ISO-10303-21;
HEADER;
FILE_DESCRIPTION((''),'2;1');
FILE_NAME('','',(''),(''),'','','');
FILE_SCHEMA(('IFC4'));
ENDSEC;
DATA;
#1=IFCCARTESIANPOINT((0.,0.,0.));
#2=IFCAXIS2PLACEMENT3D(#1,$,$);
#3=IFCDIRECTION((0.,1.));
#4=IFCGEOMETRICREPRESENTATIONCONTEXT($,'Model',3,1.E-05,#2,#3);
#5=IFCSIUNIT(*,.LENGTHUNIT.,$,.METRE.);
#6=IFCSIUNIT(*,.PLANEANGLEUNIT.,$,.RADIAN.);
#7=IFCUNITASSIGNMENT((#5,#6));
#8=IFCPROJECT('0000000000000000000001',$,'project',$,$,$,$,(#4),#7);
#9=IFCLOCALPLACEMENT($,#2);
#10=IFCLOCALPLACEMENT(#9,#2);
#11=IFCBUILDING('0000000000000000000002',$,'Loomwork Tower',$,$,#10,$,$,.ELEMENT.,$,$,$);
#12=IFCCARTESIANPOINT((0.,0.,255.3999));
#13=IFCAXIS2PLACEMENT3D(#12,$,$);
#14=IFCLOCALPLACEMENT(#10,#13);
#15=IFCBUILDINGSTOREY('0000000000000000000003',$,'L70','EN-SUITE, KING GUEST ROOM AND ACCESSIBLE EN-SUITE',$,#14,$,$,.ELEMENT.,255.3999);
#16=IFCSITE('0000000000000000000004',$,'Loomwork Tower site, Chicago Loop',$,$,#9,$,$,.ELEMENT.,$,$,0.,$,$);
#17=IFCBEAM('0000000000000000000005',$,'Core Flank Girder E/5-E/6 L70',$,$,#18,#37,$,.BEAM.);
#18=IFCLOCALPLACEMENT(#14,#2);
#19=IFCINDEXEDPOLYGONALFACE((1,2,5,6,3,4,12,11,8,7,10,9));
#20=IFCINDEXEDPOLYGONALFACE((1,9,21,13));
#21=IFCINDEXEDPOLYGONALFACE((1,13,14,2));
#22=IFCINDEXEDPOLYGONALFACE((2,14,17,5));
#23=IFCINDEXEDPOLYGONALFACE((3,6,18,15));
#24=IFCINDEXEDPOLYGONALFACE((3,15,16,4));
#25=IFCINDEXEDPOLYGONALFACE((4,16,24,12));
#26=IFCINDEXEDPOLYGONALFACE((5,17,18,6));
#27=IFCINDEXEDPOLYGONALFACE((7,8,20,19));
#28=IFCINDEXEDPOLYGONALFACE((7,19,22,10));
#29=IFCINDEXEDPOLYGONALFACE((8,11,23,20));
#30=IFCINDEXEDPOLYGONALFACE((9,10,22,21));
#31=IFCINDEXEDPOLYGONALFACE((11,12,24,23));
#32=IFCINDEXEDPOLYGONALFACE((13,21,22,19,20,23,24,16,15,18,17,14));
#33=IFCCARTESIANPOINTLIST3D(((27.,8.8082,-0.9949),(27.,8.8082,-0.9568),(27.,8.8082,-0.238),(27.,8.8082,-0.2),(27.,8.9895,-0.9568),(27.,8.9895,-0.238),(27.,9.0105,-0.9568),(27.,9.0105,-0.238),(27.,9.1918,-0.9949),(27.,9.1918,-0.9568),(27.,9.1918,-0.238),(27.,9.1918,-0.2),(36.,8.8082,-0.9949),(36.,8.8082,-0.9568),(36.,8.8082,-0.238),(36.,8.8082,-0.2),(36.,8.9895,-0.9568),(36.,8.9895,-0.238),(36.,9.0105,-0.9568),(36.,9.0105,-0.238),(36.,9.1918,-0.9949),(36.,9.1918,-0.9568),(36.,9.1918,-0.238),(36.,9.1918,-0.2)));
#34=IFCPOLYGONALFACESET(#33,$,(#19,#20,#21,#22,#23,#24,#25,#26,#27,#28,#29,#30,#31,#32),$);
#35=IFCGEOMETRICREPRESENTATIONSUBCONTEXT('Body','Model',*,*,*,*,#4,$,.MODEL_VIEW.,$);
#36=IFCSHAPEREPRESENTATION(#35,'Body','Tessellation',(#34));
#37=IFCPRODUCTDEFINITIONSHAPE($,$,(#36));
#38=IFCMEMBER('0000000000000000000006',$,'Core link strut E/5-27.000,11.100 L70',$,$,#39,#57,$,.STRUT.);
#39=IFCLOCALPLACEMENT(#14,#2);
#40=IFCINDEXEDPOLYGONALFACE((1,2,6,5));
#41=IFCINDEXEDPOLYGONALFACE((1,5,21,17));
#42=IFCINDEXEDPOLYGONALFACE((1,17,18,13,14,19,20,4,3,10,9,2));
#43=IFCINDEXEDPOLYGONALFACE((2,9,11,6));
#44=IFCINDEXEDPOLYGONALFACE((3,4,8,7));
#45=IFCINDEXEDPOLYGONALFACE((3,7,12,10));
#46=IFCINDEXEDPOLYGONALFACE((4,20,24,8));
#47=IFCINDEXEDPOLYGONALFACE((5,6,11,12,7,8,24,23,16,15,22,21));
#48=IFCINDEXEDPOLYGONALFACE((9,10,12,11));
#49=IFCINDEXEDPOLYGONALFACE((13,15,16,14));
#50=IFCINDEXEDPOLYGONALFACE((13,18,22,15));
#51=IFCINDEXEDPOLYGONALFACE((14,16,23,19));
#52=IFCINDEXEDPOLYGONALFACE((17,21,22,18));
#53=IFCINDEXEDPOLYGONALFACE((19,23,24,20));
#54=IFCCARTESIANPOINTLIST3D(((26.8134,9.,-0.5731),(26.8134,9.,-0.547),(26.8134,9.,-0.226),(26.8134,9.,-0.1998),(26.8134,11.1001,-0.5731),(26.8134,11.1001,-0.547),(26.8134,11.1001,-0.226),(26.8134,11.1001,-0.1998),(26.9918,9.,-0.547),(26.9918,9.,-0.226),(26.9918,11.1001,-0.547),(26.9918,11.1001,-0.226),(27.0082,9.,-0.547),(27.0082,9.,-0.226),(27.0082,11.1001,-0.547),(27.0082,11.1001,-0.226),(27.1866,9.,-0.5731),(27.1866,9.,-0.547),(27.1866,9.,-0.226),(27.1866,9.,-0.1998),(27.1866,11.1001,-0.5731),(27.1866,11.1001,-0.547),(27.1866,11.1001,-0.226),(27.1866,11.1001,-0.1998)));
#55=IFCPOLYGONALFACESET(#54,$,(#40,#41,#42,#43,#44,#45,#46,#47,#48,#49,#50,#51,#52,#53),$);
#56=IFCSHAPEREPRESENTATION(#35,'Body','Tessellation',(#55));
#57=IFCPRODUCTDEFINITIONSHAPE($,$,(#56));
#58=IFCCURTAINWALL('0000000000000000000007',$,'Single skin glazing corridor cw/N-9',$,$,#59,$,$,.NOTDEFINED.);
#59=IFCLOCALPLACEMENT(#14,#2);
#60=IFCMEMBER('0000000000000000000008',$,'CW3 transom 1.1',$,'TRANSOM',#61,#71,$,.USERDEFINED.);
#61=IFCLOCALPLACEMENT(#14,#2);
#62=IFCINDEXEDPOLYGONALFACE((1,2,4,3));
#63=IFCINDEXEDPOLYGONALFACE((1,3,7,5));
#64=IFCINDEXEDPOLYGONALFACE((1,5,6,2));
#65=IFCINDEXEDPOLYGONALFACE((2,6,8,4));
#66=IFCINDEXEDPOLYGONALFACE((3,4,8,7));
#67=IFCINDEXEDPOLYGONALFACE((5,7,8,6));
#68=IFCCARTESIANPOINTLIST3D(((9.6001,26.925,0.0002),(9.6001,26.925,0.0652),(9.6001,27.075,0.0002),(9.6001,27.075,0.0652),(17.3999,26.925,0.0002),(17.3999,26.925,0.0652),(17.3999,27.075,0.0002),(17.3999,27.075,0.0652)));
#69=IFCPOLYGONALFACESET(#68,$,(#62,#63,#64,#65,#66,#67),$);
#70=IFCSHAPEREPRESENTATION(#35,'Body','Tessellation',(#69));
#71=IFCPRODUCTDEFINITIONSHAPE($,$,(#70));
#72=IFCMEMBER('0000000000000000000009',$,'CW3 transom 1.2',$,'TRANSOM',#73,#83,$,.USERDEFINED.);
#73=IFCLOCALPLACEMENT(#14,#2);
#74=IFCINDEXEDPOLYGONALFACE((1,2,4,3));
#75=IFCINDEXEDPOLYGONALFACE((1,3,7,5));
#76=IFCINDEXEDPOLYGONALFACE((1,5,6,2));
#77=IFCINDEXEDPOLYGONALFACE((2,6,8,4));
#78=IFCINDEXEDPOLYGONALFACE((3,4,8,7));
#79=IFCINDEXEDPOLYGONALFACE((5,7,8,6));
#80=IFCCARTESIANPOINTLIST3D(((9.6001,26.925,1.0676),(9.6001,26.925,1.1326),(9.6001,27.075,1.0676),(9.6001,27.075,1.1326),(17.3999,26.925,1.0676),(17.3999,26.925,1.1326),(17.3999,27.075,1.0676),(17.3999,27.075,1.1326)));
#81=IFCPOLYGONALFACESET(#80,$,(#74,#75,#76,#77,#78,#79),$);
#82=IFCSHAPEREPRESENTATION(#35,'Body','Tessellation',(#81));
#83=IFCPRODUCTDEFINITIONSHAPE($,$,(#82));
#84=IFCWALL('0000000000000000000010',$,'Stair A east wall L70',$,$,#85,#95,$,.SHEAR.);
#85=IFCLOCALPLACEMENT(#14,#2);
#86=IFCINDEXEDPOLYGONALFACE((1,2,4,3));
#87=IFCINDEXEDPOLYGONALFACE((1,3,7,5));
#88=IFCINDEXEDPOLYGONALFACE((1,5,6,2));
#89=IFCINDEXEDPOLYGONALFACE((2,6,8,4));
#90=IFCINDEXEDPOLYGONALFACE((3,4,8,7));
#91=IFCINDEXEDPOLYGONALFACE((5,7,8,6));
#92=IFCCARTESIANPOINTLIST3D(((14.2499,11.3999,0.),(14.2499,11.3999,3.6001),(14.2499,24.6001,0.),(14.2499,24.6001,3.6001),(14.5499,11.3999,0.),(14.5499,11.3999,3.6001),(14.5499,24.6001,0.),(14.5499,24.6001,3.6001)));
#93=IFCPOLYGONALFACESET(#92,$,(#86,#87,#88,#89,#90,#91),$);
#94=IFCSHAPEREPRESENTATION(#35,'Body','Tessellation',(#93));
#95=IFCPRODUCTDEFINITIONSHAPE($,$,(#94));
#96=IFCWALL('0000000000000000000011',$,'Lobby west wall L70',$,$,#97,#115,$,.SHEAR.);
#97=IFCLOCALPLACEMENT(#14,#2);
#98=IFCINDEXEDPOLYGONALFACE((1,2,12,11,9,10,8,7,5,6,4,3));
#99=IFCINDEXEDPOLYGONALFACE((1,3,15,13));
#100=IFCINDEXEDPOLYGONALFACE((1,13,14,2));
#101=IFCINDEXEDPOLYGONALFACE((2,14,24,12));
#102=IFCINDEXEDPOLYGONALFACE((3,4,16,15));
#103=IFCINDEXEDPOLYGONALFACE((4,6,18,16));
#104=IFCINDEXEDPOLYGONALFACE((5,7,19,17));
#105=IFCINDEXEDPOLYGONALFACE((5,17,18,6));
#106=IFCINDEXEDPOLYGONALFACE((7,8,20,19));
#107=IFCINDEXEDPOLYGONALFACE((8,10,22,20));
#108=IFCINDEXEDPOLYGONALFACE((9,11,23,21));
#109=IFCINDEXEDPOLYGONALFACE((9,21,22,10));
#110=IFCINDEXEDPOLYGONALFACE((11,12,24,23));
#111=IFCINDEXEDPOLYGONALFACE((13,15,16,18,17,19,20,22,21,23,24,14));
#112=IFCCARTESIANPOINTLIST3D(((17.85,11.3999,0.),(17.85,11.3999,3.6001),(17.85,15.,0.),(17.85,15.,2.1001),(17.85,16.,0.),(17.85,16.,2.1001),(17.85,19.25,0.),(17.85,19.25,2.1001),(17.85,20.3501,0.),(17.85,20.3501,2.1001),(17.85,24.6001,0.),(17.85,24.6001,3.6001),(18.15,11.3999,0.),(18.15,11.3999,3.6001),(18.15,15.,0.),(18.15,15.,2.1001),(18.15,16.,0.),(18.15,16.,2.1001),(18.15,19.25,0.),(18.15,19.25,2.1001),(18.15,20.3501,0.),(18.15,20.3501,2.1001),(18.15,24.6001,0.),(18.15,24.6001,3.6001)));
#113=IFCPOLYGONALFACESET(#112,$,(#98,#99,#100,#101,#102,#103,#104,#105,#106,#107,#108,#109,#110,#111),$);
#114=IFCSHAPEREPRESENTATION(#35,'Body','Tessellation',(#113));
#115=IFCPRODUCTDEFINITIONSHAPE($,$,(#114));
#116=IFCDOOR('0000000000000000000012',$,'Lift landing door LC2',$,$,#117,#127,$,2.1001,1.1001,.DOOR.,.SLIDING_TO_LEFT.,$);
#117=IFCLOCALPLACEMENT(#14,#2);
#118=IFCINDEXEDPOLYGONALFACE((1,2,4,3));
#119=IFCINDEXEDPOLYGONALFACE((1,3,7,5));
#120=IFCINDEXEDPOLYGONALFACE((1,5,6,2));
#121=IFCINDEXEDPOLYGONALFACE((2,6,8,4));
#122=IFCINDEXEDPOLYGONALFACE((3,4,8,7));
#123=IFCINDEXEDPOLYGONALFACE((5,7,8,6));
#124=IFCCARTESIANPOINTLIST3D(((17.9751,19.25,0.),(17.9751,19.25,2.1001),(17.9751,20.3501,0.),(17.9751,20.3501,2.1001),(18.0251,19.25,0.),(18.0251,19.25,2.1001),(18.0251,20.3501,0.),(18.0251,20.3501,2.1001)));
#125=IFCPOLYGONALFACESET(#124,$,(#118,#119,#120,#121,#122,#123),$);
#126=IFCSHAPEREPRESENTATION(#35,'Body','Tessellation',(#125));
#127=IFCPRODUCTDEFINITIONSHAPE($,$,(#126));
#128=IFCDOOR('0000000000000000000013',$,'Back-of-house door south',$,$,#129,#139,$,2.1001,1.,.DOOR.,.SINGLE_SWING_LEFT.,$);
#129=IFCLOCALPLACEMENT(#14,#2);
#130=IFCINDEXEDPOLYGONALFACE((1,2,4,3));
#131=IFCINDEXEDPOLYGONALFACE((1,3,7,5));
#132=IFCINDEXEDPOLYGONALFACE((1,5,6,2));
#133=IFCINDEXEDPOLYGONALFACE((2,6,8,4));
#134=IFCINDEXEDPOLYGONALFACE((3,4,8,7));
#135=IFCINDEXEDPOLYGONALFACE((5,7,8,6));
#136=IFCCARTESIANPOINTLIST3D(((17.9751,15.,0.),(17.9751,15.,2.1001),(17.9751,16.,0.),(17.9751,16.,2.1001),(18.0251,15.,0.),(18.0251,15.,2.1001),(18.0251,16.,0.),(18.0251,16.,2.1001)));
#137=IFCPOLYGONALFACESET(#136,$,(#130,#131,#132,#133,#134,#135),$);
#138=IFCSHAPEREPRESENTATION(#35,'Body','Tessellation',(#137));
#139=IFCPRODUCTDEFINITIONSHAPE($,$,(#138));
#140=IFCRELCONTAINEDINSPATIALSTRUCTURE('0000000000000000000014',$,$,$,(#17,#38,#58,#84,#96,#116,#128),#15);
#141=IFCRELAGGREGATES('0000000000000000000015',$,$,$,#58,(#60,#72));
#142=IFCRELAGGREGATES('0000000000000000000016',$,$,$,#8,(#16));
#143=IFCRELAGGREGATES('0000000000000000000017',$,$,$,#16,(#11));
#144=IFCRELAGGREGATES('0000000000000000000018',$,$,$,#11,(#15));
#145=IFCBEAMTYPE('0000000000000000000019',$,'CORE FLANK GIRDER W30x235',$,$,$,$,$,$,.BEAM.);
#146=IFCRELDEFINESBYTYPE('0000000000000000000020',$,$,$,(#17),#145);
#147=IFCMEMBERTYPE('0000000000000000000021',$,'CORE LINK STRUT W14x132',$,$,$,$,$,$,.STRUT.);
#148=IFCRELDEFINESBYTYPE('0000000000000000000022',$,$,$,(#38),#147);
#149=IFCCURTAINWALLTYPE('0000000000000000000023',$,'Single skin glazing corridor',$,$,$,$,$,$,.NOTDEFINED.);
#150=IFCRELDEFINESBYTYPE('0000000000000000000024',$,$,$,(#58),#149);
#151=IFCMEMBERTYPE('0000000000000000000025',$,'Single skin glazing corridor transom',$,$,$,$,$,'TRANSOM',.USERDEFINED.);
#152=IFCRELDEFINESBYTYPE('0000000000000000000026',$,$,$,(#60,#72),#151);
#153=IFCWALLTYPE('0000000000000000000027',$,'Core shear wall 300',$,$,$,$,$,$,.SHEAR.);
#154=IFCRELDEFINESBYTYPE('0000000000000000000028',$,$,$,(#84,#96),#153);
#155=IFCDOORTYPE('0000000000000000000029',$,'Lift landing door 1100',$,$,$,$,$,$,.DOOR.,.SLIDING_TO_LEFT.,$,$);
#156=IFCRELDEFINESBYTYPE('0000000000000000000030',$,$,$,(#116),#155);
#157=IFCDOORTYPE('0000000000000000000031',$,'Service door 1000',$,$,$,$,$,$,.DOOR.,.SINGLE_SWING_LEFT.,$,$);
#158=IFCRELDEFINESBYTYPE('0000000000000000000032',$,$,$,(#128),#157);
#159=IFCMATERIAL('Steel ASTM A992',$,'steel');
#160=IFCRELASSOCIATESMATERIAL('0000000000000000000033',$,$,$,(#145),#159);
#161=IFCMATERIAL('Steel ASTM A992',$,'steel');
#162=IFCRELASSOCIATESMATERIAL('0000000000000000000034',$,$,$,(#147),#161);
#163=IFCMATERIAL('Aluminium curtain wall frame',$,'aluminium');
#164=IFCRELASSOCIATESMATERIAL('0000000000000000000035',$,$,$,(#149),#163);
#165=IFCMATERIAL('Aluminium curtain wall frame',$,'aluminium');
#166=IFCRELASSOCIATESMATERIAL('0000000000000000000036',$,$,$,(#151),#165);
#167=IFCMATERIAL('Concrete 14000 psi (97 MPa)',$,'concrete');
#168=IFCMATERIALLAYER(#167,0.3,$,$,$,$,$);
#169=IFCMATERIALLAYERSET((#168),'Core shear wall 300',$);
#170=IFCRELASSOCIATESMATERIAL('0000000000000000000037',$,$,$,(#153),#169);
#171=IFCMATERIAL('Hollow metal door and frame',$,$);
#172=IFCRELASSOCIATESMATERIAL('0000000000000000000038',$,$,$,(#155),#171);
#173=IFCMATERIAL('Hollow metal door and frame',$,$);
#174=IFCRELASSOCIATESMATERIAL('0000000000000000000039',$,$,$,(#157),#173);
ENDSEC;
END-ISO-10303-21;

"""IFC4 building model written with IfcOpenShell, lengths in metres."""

from ifc_helpers import new_model, si_unit, direction, frame, frame_2d, origin, origin_2d, place, context, subcontext, project, spatial, rectangle, i_section, extrude, material, layer, layer_set, material_profile, profile_set, type_object, element, fill, aggregate, save


model = new_model("IFC4")

# Units and contexts
model_context = context("Model", 3, precision=1e-05, world=origin(), true_north=direction((0.0, 1.0)))
body_context = subcontext(model_context, "Body", "Model", "MODEL_VIEW")
ifc_project = project(units=[si_unit("LENGTHUNIT", "METRE"), si_unit("PLANEANGLEUNIT", "RADIAN")], contexts=[model_context])

# Site, building, storey
site_placement = place(None, origin())
site = spatial("IfcSite", under=ifc_project, at=site_placement, Name="Loomwork Tower site, Chicago Loop", CompositionType="ELEMENT", RefElevation=0.0)
building_placement = place(site_placement, origin())
building = spatial("IfcBuilding", under=site, at=building_placement, Name="Loomwork Tower", CompositionType="ELEMENT")
storey_placement = place(building_placement, frame((0.0, 0.0, 255.3999)))
storey = spatial("IfcBuildingStorey", under=building, at=storey_placement, Name="L70", Description="EN-SUITE, KING GUEST ROOM AND ACCESSIBLE EN-SUITE", CompositionType="ELEMENT", Elevation=255.3999)

# Beam
ifc_material_1 = material(Name="Steel ASTM A992", Category="steel")
ifc_material_profile_1 = material_profile(ifc_material_1, i_section(OverallWidth=0.3835, OverallDepth=0.7949, WebThickness=0.021, FlangeThickness=0.0381, at=origin_2d()), Name="W30x235")
ifc_profile_set_1 = profile_set([ifc_material_profile_1], Name="Steel ASTM A992")
beam_type = type_object("IfcBeamType", Name="CORE FLANK GIRDER W30x235", PredefinedType="BEAM", material=ifc_profile_set_1)
beam_placement = place(storey_placement, frame((27.0, 9.0, -0.5974), z_axis=(1.0, 0.0, 0.0), x_axis=(0.0, 1.0, 0.0)))
element("IfcBeam", 1, at=beam_placement, inside=storey, type_object=beam_type, Name="Core Flank Girder E/5-E/6 L70", PredefinedType="BEAM", context=body_context, shape_type="SweptSolid", body=[
    extrude(i_section(OverallWidth=0.3835, OverallDepth=0.7949, WebThickness=0.021, FlangeThickness=0.0381, at=origin_2d()), origin(), (0.0, 0.0, 1.0), 9.0),
])

# Member
ifc_material_2 = material(Name="Steel ASTM A992", Category="steel")
ifc_material_profile_2 = material_profile(ifc_material_2, i_section(OverallWidth=0.3733, OverallDepth=0.3733, WebThickness=0.0164, FlangeThickness=0.0261, at=origin_2d()), Name="W14x132")
ifc_profile_set_2 = profile_set([ifc_material_profile_2], Name="Steel ASTM A992")
member_type_1 = type_object("IfcMemberType", Name="CORE LINK STRUT W14x132", PredefinedType="STRUT", material=ifc_profile_set_2)
member_1_placement = place(storey_placement, frame((27.0, 9.0, -0.3865), z_axis=(0.0, 1.0, 0.0), x_axis=(-1.0, 0.0, 0.0)))
element("IfcMember", 2, at=member_1_placement, inside=storey, type_object=member_type_1, Name="Core link strut E/5-27.000,11.100 L70", PredefinedType="STRUT", context=body_context, shape_type="SweptSolid", body=[
    extrude(i_section(OverallWidth=0.3733, OverallDepth=0.3733, WebThickness=0.0164, FlangeThickness=0.0261, at=origin_2d()), origin(), (0.0, 0.0, 1.0), 2.1001),
])

# Curtain wall, members
ifc_material_3 = material(Name="Aluminium curtain wall frame", Category="aluminium")
curtain_wall_type = type_object("IfcCurtainWallType", Name="Single skin glazing corridor", PredefinedType="NOTDEFINED", material=ifc_material_3)
curtain_wall_placement = place(storey_placement, origin())
curtain_wall = element("IfcCurtainWall", 3, at=curtain_wall_placement, inside=storey, type_object=curtain_wall_type, Name="Single skin glazing corridor cw/N-9", PredefinedType="NOTDEFINED")
ifc_material_4 = material(Name="Aluminium curtain wall frame", Category="aluminium")
ifc_material_profile_3 = material_profile(ifc_material_4, rectangle(XDim=0.1499, YDim=0.0649, at=origin_2d()), Name="AL 65x150")
ifc_profile_set_3 = profile_set([ifc_material_profile_3], Name="Aluminium curtain wall frame")
member_type_2 = type_object("IfcMemberType", Name="Single skin glazing corridor transom", ElementType="TRANSOM", PredefinedType="USERDEFINED", material=ifc_profile_set_3)
member_2_placement = place(storey_placement, frame((17.3999, 27.0, 0.0327), z_axis=(-1.0, 0.0, 0.0), x_axis=(0.0, -1.0, 0.0)))
member_2 = element("IfcMember", 4, at=member_2_placement, type_object=member_type_2, Name="CW3 transom 1.1", ObjectType="TRANSOM", PredefinedType="USERDEFINED", context=body_context, shape_type="SweptSolid", body=[
    extrude(rectangle(XDim=0.1499, YDim=0.0649, at=origin_2d()), origin(), (0.0, 0.0, 1.0), 7.7998),
])
member_3_placement = place(storey_placement, frame((17.3999, 27.0, 1.1001), z_axis=(-1.0, 0.0, 0.0), x_axis=(0.0, -1.0, 0.0)))
member_3 = element("IfcMember", 5, at=member_3_placement, type_object=member_type_2, Name="CW3 transom 1.2", ObjectType="TRANSOM", PredefinedType="USERDEFINED", context=body_context, shape_type="SweptSolid", body=[
    extrude(rectangle(XDim=0.1499, YDim=0.0649, at=origin_2d()), origin(), (0.0, 0.0, 1.0), 7.7998),
])
aggregate(curtain_wall, [member_2, member_3])

# Wall
ifc_material_5 = material(Name="Concrete 14000 psi (97 MPa)", Category="concrete")
ifc_layer_1 = layer(ifc_material_5, 0.3)
ifc_layer_set_1 = layer_set([ifc_layer_1], Name="Core shear wall 300")
wall_type_1 = type_object("IfcWallType", Name="Core shear wall 300", PredefinedType="SHEAR", material=ifc_layer_set_1)
wall_1_placement = place(storey_placement, frame((14.3999, 11.3999, 0.0), z_axis=(0.0, 0.0, 1.0), x_axis=(0.0, 1.0, 0.0)))
element("IfcWall", 6, at=wall_1_placement, inside=storey, type_object=wall_type_1, Name="Stair A east wall L70", PredefinedType="SHEAR", context=body_context, shape_type="SweptSolid", body=[
    extrude(rectangle(XDim=13.2002, YDim=0.3, at=frame_2d((6.6001, 0.0))), origin(), (0.0, 0.0, 1.0), 3.6001),
])

# Wall, openings, doors
wall_2_placement = place(storey_placement, frame((18.0, 11.3999, 0.0), z_axis=(0.0, 0.0, 1.0), x_axis=(0.0, 1.0, 0.0)))
wall_2 = element("IfcWall", 7, at=wall_2_placement, inside=storey, type_object=wall_type_1, Name="Lobby west wall L70", PredefinedType="SHEAR", context=body_context, shape_type="SweptSolid", body=[
    extrude(rectangle(XDim=13.2002, YDim=0.3, at=frame_2d((6.6001, 0.0))), origin(), (0.0, 0.0, 1.0), 3.6001),
])
opening_1_placement = place(wall_2_placement, frame((3.6001, 0.0, 0.0)))
opening_1 = element("IfcOpeningElement", 8, at=opening_1_placement, cuts=wall_2, PredefinedType="OPENING", context=body_context, shape_type="SweptSolid", body=[
    extrude(rectangle(XDim=1.0, YDim=2.1001, at=frame_2d((0.5, 1.05))), frame((0.0, 0.1599, 0.0), z_axis=(0.0, -1.0, 0.0), x_axis=(1.0, 0.0, 0.0)), (0.0, 0.0, 1.0), 0.3201),
])
opening_2_placement = place(wall_2_placement, frame((7.8501, 0.0, 0.0)))
opening_2 = element("IfcOpeningElement", 9, at=opening_2_placement, cuts=wall_2, PredefinedType="OPENING", context=body_context, shape_type="SweptSolid", body=[
    extrude(rectangle(XDim=1.1001, YDim=2.1001, at=frame_2d((0.55, 1.05))), frame((0.0, 0.1599, 0.0), z_axis=(0.0, -1.0, 0.0), x_axis=(1.0, 0.0, 0.0)), (0.0, 0.0, 1.0), 0.3201),
])
ifc_material_6 = material(Name="Hollow metal door and frame")
door_type_1 = type_object("IfcDoorType", Name="Lift landing door 1100", OperationType="SLIDING_TO_LEFT", PredefinedType="DOOR", material=ifc_material_6)
door_1_placement = place(opening_2_placement, origin())
door_1 = element("IfcDoor", 10, at=door_1_placement, inside=storey, type_object=door_type_1, Name="Lift landing door LC2", OperationType="SLIDING_TO_LEFT", OverallHeight=2.1001, OverallWidth=1.1001, PredefinedType="DOOR", context=body_context, shape_type="SweptSolid", body=[
    extrude(rectangle(XDim=1.1001, YDim=2.1001, at=frame_2d((0.55, 1.05))), frame((0.0, 0.0249, 0.0), z_axis=(0.0, -1.0, 0.0), x_axis=(1.0, 0.0, 0.0)), (0.0, 0.0, 1.0), 0.05),
])
fill(opening_2, door_1)
ifc_material_7 = material(Name="Hollow metal door and frame")
door_type_2 = type_object("IfcDoorType", Name="Service door 1000", OperationType="SINGLE_SWING_LEFT", PredefinedType="DOOR", material=ifc_material_7)
door_2_placement = place(opening_1_placement, origin())
door_2 = element("IfcDoor", 11, at=door_2_placement, inside=storey, type_object=door_type_2, Name="Back-of-house door south", OperationType="SINGLE_SWING_LEFT", OverallHeight=2.1001, OverallWidth=1.0, PredefinedType="DOOR", context=body_context, shape_type="SweptSolid", body=[
    extrude(rectangle(XDim=1.0, YDim=2.1001, at=frame_2d((0.5, 1.05))), frame((0.0, 0.0249, 0.0), z_axis=(0.0, -1.0, 0.0), x_axis=(1.0, 0.0, 0.0)), (0.0, 0.0, 1.0), 0.05),
])
fill(opening_1, door_2)

save(model, "model.ifc")
